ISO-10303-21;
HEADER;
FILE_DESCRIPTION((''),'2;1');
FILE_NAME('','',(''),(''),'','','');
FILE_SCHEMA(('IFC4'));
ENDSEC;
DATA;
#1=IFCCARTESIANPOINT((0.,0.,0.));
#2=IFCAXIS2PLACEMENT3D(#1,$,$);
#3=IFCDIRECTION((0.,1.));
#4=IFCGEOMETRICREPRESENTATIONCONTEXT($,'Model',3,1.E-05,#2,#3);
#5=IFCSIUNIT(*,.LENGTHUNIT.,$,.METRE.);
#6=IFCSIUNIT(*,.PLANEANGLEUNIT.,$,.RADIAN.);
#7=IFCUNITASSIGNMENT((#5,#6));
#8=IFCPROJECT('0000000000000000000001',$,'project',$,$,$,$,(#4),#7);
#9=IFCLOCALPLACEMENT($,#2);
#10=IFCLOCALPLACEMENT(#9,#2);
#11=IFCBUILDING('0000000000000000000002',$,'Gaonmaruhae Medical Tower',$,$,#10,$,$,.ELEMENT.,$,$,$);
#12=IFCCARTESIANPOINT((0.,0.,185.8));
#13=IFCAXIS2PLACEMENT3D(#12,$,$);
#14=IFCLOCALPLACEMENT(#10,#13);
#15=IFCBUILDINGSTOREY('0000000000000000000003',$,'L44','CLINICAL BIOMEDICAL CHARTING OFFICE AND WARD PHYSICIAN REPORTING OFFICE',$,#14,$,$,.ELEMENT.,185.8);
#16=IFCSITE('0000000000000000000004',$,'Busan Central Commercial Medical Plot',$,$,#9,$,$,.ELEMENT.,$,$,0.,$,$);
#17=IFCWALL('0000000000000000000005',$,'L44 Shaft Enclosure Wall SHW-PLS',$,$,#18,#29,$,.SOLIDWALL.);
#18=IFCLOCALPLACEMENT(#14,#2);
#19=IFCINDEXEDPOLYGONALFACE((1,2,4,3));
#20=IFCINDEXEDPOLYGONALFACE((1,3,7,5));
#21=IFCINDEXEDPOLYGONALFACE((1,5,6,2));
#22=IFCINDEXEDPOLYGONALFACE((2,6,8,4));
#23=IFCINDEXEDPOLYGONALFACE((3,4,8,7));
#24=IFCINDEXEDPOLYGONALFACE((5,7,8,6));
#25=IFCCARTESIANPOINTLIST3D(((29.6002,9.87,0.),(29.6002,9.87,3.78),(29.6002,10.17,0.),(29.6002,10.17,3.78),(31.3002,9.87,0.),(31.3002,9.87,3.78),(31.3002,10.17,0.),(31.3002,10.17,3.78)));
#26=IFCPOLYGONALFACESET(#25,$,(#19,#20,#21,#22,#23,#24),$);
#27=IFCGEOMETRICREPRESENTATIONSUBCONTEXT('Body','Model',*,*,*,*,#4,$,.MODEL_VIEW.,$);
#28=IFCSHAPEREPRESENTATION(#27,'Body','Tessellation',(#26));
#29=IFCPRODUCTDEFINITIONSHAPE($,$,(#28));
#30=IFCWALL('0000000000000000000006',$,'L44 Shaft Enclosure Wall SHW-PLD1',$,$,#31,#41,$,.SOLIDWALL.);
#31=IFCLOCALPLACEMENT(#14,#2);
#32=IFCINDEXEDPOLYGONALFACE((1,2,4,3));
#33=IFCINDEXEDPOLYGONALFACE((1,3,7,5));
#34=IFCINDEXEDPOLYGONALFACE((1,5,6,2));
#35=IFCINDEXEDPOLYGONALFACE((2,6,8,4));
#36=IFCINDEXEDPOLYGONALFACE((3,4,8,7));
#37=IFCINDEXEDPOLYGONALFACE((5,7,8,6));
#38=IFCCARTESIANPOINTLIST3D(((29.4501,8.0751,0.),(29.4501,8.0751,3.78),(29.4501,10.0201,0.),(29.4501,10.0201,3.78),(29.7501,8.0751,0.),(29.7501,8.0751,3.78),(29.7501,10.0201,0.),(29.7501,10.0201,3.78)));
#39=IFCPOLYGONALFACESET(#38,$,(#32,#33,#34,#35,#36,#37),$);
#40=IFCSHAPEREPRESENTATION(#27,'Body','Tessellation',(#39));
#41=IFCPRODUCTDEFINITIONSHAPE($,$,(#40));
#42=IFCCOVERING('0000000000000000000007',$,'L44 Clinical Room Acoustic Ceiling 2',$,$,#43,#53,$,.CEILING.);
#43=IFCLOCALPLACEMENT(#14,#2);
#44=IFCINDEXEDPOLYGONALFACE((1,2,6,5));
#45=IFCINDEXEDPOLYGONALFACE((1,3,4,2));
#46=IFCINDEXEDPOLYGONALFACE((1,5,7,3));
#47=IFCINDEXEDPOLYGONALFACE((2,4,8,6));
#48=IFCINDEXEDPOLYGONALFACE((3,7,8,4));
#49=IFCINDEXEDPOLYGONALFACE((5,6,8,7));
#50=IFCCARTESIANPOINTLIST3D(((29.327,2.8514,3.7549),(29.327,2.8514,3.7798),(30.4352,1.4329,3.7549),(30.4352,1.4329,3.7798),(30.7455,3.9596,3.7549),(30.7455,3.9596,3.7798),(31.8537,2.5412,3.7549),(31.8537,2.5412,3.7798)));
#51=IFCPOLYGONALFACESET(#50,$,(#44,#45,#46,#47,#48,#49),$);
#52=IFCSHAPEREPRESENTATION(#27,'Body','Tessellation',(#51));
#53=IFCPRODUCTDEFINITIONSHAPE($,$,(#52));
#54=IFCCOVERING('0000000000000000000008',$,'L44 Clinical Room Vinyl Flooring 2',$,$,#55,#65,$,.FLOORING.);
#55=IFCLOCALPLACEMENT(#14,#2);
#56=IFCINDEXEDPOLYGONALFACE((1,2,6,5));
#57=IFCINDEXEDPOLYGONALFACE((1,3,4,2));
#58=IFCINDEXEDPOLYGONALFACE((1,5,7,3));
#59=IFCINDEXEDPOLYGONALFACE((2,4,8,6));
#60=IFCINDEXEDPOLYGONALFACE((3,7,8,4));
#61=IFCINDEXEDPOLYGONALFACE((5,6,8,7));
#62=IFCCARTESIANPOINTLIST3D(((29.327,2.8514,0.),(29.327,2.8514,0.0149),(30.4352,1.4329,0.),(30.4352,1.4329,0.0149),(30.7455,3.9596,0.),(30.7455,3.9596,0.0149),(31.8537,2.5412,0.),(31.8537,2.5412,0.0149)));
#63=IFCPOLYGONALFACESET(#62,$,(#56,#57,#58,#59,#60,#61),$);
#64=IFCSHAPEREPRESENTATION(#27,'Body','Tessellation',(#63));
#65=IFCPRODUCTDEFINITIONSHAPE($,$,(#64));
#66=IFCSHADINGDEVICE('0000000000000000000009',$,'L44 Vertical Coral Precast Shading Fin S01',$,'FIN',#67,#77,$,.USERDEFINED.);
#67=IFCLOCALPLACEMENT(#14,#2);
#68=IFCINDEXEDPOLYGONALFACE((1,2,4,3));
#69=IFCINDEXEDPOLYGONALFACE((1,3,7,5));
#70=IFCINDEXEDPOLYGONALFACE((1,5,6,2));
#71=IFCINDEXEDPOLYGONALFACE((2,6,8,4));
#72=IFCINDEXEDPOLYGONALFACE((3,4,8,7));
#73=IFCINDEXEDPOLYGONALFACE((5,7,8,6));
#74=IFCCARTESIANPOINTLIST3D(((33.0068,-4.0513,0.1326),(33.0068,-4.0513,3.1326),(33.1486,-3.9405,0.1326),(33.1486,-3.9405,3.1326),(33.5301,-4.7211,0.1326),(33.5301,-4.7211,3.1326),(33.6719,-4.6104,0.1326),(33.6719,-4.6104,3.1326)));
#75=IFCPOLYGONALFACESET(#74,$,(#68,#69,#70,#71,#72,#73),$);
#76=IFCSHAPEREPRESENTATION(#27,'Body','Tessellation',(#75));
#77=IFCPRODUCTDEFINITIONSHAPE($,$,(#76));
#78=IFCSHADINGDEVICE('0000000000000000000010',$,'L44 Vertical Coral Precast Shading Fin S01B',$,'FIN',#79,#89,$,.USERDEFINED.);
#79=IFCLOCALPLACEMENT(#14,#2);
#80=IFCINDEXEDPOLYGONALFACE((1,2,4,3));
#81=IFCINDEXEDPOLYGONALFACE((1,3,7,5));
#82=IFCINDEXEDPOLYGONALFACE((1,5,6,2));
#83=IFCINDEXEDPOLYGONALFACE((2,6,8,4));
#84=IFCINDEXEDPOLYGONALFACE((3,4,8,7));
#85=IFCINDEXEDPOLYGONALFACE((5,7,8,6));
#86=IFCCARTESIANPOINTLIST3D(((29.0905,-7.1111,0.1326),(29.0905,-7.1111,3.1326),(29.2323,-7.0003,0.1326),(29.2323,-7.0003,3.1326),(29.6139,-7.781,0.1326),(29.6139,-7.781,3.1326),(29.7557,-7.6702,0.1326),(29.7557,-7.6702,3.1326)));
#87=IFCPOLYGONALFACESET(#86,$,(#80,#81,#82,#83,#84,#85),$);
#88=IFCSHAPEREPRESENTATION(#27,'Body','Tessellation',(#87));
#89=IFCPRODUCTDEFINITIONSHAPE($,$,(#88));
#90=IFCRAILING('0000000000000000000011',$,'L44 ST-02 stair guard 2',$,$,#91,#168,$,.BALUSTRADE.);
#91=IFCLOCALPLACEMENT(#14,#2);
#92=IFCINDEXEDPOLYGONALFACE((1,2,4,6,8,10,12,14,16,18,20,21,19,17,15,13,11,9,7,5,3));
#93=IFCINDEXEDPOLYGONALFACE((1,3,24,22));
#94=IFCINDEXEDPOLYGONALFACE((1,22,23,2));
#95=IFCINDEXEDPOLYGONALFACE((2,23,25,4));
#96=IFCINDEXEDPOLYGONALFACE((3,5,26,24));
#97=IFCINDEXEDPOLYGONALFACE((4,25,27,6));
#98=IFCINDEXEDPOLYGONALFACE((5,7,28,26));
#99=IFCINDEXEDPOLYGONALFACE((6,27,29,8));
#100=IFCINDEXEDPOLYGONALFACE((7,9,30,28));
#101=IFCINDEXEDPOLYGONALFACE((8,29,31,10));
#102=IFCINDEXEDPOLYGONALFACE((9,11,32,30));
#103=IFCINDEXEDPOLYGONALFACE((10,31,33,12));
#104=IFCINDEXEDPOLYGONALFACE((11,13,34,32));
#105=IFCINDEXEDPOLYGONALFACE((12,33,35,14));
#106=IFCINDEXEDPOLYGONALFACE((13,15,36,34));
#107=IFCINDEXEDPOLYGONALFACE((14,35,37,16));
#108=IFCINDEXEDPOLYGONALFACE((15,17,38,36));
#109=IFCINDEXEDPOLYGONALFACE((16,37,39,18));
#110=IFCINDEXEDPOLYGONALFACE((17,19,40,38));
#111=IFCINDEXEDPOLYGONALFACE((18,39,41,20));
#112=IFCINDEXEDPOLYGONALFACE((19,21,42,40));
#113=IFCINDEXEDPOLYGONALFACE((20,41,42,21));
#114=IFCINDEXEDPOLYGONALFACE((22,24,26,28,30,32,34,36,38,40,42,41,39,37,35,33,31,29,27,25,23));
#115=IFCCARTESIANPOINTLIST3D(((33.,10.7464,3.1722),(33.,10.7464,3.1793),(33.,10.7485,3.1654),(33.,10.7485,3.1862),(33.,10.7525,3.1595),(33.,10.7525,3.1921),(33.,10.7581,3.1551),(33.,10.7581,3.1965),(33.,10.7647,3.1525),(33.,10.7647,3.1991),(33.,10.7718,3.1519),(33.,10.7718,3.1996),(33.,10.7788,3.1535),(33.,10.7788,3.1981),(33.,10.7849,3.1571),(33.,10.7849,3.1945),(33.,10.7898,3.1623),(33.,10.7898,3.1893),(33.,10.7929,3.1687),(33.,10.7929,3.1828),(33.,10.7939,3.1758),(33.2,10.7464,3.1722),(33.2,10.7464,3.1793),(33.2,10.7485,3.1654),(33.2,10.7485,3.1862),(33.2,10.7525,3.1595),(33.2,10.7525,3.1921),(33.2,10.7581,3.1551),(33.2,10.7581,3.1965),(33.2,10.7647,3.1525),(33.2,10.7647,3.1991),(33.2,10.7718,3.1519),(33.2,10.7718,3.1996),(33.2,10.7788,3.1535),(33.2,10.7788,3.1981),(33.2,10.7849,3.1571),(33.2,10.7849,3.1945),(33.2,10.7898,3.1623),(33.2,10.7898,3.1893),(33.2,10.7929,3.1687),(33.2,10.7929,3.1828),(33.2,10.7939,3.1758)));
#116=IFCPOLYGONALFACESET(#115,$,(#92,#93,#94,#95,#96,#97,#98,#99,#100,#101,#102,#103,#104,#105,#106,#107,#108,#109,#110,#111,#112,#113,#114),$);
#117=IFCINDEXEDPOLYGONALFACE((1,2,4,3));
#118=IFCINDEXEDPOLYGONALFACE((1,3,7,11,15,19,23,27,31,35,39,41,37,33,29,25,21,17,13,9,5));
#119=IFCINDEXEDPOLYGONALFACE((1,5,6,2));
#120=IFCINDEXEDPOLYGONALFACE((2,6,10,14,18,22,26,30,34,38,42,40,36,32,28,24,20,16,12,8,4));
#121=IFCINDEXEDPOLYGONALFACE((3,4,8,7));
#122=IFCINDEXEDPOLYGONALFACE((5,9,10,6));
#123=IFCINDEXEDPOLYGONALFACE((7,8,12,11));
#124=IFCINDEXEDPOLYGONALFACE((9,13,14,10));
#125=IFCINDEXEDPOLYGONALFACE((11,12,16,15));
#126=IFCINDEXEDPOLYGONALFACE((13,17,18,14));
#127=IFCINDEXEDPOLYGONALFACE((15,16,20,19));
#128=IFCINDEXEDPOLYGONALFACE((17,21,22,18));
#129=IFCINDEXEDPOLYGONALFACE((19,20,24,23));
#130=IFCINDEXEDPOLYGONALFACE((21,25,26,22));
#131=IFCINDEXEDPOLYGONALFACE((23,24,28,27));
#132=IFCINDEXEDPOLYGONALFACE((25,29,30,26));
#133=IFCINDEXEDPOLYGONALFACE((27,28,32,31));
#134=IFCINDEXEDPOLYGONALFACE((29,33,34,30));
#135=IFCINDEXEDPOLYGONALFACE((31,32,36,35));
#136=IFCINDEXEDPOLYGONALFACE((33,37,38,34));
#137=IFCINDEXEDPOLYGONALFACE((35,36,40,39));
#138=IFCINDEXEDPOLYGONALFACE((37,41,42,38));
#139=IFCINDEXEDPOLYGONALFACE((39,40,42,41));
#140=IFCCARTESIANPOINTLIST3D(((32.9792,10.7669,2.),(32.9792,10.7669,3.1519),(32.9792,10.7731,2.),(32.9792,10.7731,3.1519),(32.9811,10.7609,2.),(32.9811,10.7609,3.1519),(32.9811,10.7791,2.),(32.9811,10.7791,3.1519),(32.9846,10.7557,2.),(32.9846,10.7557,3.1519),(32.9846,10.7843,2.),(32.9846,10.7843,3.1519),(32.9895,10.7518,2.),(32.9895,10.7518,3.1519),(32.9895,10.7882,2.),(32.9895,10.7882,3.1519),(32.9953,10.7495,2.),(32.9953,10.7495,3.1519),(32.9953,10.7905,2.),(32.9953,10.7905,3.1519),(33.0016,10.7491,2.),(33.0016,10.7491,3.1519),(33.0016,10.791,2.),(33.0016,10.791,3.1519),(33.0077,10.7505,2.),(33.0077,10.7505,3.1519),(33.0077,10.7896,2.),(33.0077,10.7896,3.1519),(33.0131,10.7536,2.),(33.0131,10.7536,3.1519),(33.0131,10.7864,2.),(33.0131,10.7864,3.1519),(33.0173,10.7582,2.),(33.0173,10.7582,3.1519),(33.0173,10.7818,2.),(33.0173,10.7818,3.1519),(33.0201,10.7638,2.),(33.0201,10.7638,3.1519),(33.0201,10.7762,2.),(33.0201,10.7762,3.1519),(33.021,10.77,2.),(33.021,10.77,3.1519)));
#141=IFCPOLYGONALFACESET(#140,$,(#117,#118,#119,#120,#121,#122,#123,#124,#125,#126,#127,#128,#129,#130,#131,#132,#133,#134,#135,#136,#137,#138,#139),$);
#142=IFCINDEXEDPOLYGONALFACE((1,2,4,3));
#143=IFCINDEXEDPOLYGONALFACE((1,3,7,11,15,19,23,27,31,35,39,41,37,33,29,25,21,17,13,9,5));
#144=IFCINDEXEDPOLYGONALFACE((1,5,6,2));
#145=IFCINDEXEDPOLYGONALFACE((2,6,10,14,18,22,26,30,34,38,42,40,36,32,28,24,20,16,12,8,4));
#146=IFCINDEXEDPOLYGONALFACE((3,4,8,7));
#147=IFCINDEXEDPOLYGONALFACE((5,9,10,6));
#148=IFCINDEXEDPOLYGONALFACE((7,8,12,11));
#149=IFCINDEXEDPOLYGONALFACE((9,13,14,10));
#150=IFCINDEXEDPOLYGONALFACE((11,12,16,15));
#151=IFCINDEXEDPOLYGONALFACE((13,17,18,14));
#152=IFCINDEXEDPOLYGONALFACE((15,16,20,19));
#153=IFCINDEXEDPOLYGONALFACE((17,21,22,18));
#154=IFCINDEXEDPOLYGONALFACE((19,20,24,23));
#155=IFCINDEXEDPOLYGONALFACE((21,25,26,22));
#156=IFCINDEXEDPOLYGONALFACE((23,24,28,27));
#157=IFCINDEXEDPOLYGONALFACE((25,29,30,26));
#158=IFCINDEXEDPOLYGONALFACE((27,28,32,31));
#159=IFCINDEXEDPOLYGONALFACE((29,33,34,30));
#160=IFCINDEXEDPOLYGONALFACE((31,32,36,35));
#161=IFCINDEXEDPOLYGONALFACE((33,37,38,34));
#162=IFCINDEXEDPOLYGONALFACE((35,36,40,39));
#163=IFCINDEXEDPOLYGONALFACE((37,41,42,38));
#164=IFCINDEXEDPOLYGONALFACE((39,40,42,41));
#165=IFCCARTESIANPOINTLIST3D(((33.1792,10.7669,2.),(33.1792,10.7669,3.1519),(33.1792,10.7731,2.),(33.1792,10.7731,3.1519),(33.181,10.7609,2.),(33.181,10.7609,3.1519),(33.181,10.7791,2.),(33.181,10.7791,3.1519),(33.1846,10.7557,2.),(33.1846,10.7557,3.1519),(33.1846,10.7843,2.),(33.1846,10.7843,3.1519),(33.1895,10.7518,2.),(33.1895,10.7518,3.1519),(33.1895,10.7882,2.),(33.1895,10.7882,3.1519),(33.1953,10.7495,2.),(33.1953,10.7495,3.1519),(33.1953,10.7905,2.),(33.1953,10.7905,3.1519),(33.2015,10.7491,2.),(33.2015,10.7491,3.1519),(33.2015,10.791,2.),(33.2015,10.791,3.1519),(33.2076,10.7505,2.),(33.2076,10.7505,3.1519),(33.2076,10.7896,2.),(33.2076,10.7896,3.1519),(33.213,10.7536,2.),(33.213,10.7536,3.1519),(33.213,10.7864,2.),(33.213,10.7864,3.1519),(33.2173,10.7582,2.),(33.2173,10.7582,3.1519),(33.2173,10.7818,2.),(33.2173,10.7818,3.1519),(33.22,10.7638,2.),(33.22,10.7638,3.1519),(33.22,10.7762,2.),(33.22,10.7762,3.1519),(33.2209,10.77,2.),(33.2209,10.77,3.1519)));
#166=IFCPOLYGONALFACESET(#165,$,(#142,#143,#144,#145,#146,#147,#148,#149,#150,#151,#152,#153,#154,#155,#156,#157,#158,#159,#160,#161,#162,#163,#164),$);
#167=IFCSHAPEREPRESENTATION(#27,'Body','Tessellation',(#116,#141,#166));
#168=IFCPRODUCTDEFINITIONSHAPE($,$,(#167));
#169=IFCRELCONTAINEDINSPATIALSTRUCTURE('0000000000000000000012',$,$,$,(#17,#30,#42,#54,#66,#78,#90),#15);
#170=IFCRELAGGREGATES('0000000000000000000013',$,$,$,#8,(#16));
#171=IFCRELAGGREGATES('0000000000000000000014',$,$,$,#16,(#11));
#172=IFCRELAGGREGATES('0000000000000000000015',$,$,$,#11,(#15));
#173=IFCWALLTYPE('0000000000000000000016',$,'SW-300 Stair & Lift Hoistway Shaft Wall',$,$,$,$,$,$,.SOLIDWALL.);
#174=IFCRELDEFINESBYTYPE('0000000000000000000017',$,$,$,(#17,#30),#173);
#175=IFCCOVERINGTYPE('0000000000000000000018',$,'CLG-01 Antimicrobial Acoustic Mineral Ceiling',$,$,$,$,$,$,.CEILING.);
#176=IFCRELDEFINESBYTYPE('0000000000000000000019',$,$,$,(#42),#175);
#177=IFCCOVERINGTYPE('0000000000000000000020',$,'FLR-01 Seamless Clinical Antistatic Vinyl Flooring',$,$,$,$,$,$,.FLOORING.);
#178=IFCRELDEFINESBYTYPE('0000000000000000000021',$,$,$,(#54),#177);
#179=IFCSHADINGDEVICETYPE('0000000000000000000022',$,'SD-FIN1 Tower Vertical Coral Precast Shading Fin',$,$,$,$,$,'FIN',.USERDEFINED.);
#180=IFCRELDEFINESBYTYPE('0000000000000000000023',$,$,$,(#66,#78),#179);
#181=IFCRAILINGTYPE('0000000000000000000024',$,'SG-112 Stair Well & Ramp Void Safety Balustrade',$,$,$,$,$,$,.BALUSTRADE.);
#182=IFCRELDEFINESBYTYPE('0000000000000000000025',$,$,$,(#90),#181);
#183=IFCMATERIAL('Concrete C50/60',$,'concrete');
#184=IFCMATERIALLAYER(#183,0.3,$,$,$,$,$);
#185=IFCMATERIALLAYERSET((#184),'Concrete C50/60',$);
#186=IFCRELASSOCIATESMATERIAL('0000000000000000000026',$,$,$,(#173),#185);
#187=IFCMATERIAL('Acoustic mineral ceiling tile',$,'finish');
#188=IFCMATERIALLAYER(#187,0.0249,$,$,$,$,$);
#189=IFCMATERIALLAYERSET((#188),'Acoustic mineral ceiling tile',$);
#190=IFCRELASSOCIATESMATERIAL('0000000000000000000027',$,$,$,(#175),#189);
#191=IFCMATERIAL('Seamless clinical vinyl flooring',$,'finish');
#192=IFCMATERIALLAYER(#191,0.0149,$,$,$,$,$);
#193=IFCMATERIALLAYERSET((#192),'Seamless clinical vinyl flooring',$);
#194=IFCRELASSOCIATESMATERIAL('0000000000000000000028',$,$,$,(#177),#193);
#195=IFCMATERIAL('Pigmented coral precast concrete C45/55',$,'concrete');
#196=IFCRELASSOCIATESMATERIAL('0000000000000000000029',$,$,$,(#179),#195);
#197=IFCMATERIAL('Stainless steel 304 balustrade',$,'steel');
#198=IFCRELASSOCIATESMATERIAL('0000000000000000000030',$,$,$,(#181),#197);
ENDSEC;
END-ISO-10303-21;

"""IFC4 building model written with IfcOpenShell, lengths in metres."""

from ifc_helpers import new_model, si_unit, direction, frame, frame_2d, origin, origin_2d, place, context, subcontext, project, spatial, rectangle, circle, extrude, material, layer, layer_set, type_object, element, save


model = new_model("IFC4")

# Units and contexts
model_context = context("Model", 3, precision=1e-05, world=origin(), true_north=direction((0.0, 1.0)))
body_context = subcontext(model_context, "Body", "Model", "MODEL_VIEW")
ifc_project = project(units=[si_unit("LENGTHUNIT", "METRE"), si_unit("PLANEANGLEUNIT", "RADIAN")], contexts=[model_context])

# Site, building, storey
site_placement = place(None, origin())
site = spatial("IfcSite", under=ifc_project, at=site_placement, Name="Busan Central Commercial Medical Plot", CompositionType="ELEMENT", RefElevation=0.0)
building_placement = place(site_placement, origin())
building = spatial("IfcBuilding", under=site, at=building_placement, Name="Gaonmaruhae Medical Tower", CompositionType="ELEMENT")
storey_placement = place(building_placement, frame((0.0, 0.0, 185.8)))
storey = spatial("IfcBuildingStorey", under=building, at=storey_placement, Name="L44", Description="CLINICAL BIOMEDICAL CHARTING OFFICE AND WARD PHYSICIAN REPORTING OFFICE", CompositionType="ELEMENT", Elevation=185.8)

# Shared definitions
ifc_material_1 = material(Name="Concrete C50/60", Category="concrete")

# Walls
ifc_layer_1 = layer(ifc_material_1, 0.3)
ifc_layer_set_1 = layer_set([ifc_layer_1], Name="Concrete C50/60")
wall_type_1 = type_object("IfcWallType", Name="SW-300 Stair & Lift Hoistway Shaft Wall", PredefinedType="SOLIDWALL", material=ifc_layer_set_1)
wall_1_placement = place(storey_placement, frame((29.6001, 10.02, 0.0), z_axis=(0.0, 0.0, 1.0), x_axis=(1.0, 0.0, 0.0)))
element("IfcWall", 1, at=wall_1_placement, inside=storey, type_object=wall_type_1, Name="L44 Shaft Enclosure Wall SHW-PLS", PredefinedType="SOLIDWALL", context=body_context, shape_type="SweptSolid", body=[
    extrude(rectangle(XDim=1.7, YDim=0.3, at=frame_2d((0.8501, 0.0))), origin(), (0.0, 0.0, 1.0), 3.78),
])
wall_2_placement = place(storey_placement, frame((29.6001, 8.075, 0.0), z_axis=(0.0, 0.0, 1.0), x_axis=(0.0, 1.0, 0.0)))
element("IfcWall", 2, at=wall_2_placement, inside=storey, type_object=wall_type_1, Name="L44 Shaft Enclosure Wall SHW-PLD1", PredefinedType="SOLIDWALL", context=body_context, shape_type="SweptSolid", body=[
    extrude(rectangle(XDim=1.9451, YDim=0.3, at=frame_2d((0.9727, 0.0))), origin(), (0.0, 0.0, 1.0), 3.78),
])

# Coverings
ifc_material_2 = material(Name="Acoustic mineral ceiling tile", Category="finish")
ifc_layer_2 = layer(ifc_material_2, 0.0249)
ifc_layer_set_2 = layer_set([ifc_layer_2], Name="Acoustic mineral ceiling tile")
covering_type_1 = type_object("IfcCoveringType", Name="CLG-01 Antimicrobial Acoustic Mineral Ceiling", PredefinedType="CEILING", material=ifc_layer_set_2)
covering_1_placement = place(storey_placement, frame((30.5903, 2.6963, 3.7549), z_axis=(0.0, 0.0, 1.0), x_axis=(0.788011, 0.615661, 0.0)))
element("IfcCovering", 3, at=covering_1_placement, inside=storey, type_object=covering_type_1, Name="L44 Clinical Room Acoustic Ceiling 2", PredefinedType="CEILING", context=body_context, shape_type="SweptSolid", body=[
    extrude(rectangle(XDim=1.8, YDim=1.8, at=origin_2d()), origin(), (0.0, 0.0, 1.0), 0.0249),
])
ifc_material_3 = material(Name="Seamless clinical vinyl flooring", Category="finish")
ifc_layer_3 = layer(ifc_material_3, 0.0149)
ifc_layer_set_3 = layer_set([ifc_layer_3], Name="Seamless clinical vinyl flooring")
covering_type_2 = type_object("IfcCoveringType", Name="FLR-01 Seamless Clinical Antistatic Vinyl Flooring", PredefinedType="FLOORING", material=ifc_layer_set_3)
covering_2_placement = place(storey_placement, frame((30.5903, 2.6963, 0.0), z_axis=(0.0, 0.0, 1.0), x_axis=(0.788011, 0.615661, 0.0)))
element("IfcCovering", 4, at=covering_2_placement, inside=storey, type_object=covering_type_2, Name="L44 Clinical Room Vinyl Flooring 2", PredefinedType="FLOORING", context=body_context, shape_type="SweptSolid", body=[
    extrude(rectangle(XDim=1.8, YDim=1.8, at=origin_2d()), origin(), (0.0, 0.0, 1.0), 0.0149),
])

# Shading devices
ifc_material_4 = material(Name="Pigmented coral precast concrete C45/55", Category="concrete")
shading_device_type = type_object("IfcShadingDeviceType", Name="SD-FIN1 Tower Vertical Coral Precast Shading Fin", ElementType="FIN", PredefinedType="USERDEFINED", material=ifc_material_4)
for number, where, z_axis, x_axis, name in (
    (5, (33.3394, -4.3308, 0.1326), (0.0, 0.0, 1.0), (-0.788011, -0.615661, 0.0), "L44 Vertical Coral Precast Shading Fin S01"),
    (6, (29.4231, -7.3906, 0.1326), (0.0, 0.0, 1.0), (-0.788011, -0.615661, 0.0), "L44 Vertical Coral Precast Shading Fin S01B"),
):
    element("IfcShadingDevice", number, at=place(storey_placement, frame(where, z_axis=z_axis, x_axis=x_axis)), inside=storey, type_object=shading_device_type, Name=name, ObjectType="FIN", PredefinedType="USERDEFINED", context=body_context, shape_type="SweptSolid", body=[
        extrude(rectangle(XDim=0.1799, YDim=0.8501, at=origin_2d()), origin(), (0.0, 0.0, 1.0), 3.0),
    ])

# Railing
ifc_material_5 = material(Name="Stainless steel 304 balustrade", Category="steel")
railing_type = type_object("IfcRailingType", Name="SG-112 Stair Well & Ramp Void Safety Balustrade", PredefinedType="BALUSTRADE", material=ifc_material_5)
railing_placement = place(storey_placement, frame((33.0, 10.77, 2.0)))
element("IfcRailing", 7, at=railing_placement, inside=storey, type_object=railing_type, Name="L44 ST-02 stair guard 2", PredefinedType="BALUSTRADE", context=body_context, shape_type="SweptSolid", body=[
    extrude(circle(Radius=0.0239, at=origin_2d()), frame((0.0, 0.0, 1.1758), z_axis=(1.0, 0.0, 0.0), x_axis=(0.0, 1.0, 0.0)), (0.0, 0.0, 1.0), 0.2),
    extrude(circle(Radius=0.021, at=origin_2d()), origin(), (0.0, 0.0, 1.0), 1.1519),
    extrude(circle(Radius=0.021, at=origin_2d()), frame((0.2, 0.0, 0.0)), (0.0, 0.0, 1.0), 1.1519),
])

save(model, "model.ifc")
